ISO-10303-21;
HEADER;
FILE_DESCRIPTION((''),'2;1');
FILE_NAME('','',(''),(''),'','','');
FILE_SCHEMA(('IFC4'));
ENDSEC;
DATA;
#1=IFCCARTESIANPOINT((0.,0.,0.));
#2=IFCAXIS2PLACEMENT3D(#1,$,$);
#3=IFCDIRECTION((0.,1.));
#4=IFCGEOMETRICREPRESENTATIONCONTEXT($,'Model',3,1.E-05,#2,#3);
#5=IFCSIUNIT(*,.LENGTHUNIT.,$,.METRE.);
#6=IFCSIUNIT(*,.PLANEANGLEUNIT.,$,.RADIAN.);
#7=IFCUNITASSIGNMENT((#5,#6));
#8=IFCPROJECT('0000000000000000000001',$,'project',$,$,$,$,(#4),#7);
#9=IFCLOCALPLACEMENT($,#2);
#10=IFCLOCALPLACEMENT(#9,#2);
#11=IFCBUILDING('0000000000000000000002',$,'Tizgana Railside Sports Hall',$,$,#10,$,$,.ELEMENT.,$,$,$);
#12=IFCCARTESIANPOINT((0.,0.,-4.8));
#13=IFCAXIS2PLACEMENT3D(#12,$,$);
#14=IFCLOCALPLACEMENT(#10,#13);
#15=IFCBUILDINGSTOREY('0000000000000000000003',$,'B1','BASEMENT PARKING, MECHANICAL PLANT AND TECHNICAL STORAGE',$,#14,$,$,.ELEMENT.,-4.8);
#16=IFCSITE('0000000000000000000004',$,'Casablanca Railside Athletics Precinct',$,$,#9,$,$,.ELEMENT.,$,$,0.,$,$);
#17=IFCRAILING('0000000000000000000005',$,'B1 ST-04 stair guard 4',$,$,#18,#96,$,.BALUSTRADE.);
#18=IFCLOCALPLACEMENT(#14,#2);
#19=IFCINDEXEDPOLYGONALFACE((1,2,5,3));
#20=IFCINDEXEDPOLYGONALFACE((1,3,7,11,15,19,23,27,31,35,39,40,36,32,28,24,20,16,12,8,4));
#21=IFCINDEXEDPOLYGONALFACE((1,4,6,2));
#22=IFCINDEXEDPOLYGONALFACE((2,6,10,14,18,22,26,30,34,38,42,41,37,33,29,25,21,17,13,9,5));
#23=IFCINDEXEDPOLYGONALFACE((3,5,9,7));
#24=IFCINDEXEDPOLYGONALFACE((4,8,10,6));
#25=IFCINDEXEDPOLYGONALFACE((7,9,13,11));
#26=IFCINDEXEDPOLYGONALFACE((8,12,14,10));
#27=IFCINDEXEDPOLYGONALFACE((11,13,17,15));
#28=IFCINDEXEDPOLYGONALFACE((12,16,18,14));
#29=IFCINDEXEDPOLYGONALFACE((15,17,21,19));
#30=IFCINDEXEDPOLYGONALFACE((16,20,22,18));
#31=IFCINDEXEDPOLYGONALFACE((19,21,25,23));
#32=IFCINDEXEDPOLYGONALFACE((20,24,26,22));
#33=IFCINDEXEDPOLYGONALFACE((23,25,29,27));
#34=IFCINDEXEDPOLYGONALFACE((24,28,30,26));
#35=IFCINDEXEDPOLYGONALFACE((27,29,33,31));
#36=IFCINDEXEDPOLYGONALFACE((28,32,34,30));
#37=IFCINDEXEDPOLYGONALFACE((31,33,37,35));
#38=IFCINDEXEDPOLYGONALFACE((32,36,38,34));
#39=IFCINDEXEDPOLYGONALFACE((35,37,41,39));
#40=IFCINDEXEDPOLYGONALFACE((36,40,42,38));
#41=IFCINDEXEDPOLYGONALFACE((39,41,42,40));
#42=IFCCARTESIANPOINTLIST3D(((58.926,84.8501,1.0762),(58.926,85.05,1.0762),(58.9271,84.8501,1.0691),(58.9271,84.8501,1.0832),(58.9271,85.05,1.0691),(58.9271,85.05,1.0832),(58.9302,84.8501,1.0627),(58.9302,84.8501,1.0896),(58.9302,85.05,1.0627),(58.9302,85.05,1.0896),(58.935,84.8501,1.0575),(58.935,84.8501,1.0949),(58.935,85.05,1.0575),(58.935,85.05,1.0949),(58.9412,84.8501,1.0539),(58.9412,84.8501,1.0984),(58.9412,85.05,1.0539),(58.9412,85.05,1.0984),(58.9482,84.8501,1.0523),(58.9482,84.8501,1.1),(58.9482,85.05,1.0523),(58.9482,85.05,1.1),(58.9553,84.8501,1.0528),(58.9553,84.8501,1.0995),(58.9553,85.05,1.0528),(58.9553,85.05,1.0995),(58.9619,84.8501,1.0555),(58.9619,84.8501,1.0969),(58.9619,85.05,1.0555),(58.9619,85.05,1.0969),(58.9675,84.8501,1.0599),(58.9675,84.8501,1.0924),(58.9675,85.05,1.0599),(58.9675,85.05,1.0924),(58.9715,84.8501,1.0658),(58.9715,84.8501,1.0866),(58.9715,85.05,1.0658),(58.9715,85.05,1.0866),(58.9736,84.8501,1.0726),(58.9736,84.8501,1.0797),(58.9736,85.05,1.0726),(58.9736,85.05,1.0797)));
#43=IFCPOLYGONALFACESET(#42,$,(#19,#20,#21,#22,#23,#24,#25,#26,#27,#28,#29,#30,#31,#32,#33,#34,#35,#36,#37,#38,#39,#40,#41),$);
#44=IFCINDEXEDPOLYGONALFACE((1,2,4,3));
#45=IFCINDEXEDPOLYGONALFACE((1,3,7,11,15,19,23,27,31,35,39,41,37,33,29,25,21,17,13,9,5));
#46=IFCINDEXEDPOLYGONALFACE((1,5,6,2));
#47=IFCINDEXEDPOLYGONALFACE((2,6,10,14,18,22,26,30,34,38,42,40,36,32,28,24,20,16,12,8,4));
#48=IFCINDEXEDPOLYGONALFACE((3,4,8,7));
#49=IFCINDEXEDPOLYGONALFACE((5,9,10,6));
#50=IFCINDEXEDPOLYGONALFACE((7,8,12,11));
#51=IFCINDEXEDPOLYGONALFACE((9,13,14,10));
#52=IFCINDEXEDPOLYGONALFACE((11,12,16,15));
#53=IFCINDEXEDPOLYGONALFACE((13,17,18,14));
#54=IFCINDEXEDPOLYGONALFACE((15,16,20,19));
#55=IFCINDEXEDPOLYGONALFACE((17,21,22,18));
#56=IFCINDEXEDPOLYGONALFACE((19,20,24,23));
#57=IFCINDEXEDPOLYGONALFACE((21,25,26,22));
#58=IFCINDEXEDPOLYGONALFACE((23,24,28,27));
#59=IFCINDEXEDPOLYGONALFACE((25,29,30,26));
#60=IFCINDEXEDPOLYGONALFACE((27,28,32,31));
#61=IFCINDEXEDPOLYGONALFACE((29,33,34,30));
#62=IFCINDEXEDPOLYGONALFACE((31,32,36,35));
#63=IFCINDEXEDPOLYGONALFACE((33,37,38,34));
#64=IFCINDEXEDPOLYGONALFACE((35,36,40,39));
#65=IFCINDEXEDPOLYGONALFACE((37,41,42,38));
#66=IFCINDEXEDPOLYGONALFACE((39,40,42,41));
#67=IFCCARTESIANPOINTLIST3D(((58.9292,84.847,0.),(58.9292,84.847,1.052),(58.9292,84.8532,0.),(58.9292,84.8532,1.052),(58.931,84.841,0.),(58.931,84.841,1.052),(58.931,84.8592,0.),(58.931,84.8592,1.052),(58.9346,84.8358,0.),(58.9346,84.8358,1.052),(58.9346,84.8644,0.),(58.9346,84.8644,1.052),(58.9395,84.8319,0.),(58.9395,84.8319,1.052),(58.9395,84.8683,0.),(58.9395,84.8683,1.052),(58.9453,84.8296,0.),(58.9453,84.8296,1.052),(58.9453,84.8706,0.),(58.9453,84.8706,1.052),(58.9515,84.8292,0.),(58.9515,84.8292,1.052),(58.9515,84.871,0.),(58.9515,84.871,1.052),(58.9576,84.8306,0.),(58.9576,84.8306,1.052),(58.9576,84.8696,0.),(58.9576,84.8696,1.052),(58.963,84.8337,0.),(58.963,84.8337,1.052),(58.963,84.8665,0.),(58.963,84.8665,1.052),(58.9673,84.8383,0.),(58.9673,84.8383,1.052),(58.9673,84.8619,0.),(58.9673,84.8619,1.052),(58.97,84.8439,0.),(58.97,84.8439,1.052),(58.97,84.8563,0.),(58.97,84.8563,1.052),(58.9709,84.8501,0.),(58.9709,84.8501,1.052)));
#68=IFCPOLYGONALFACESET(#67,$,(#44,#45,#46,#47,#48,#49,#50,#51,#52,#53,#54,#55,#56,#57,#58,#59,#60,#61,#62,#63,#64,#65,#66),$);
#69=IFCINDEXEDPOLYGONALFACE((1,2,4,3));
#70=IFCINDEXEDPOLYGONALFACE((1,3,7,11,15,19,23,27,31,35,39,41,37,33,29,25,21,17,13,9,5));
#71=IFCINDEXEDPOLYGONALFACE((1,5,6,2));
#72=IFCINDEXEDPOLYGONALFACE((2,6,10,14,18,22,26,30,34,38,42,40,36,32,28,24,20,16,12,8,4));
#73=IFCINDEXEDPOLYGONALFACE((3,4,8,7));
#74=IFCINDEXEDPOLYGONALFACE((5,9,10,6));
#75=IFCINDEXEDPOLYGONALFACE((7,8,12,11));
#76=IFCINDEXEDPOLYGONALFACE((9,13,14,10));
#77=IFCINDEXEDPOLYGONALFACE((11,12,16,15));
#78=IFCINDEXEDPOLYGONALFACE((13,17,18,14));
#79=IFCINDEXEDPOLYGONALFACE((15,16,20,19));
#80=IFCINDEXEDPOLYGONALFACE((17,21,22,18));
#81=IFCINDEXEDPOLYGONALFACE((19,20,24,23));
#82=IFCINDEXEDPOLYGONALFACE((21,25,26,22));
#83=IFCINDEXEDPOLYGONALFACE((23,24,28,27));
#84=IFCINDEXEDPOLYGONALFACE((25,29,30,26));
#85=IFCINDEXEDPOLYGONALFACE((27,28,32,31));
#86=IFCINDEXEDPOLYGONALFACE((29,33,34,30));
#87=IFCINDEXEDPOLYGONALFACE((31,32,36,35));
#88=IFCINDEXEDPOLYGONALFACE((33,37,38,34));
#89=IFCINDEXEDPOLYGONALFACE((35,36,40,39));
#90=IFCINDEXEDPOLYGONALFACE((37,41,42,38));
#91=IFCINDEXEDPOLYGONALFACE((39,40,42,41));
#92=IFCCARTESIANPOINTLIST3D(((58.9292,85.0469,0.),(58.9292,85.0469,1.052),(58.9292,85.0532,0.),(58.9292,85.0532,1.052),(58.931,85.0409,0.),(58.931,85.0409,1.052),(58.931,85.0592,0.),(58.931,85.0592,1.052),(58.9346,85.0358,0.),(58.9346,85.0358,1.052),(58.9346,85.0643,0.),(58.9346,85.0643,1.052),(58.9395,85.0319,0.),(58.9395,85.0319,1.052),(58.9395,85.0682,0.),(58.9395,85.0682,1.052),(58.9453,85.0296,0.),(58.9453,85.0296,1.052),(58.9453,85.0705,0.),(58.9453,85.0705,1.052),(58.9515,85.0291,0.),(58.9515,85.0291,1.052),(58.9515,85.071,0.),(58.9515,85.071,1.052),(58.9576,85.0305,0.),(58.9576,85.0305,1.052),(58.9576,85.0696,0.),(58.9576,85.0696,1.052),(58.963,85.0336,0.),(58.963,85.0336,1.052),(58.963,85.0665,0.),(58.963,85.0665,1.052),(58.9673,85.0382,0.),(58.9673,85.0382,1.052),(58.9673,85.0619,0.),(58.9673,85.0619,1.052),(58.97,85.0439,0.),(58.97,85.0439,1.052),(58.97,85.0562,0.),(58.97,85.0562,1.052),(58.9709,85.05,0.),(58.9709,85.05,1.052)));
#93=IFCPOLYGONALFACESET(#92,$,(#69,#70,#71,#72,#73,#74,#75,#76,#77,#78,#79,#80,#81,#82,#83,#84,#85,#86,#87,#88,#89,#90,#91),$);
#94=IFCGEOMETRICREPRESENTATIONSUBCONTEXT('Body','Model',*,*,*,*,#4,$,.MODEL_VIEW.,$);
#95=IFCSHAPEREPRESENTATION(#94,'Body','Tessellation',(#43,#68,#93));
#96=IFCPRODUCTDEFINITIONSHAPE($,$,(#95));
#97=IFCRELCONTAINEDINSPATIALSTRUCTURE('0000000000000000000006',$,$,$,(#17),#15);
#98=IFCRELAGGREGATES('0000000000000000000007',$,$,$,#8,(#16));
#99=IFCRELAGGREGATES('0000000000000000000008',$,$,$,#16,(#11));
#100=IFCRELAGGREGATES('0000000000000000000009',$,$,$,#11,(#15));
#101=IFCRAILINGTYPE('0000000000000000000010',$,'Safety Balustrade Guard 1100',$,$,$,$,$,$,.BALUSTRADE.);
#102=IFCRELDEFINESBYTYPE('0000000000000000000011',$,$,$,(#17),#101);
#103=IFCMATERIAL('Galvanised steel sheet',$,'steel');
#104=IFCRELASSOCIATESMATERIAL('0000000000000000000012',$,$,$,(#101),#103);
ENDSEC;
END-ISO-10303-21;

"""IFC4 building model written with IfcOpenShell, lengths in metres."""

from ifc_helpers import new_model, si_unit, direction, frame, origin, origin_2d, place, context, subcontext, project, spatial, circle, extrude, material, type_object, element, save


model = new_model("IFC4")

# Units and contexts
model_context = context("Model", 3, precision=1e-05, world=origin(), true_north=direction((0.0, 1.0)))
body_context = subcontext(model_context, "Body", "Model", "MODEL_VIEW")
ifc_project = project(units=[si_unit("LENGTHUNIT", "METRE"), si_unit("PLANEANGLEUNIT", "RADIAN")], contexts=[model_context])

# Site, building, storey
site_placement = place(None, origin())
site = spatial("IfcSite", under=ifc_project, at=site_placement, Name="Casablanca Railside Athletics Precinct", CompositionType="ELEMENT", RefElevation=0.0)
building_placement = place(site_placement, origin())
building = spatial("IfcBuilding", under=site, at=building_placement, Name="Tizgana Railside Sports Hall", CompositionType="ELEMENT")
storey_placement = place(building_placement, frame((0.0, 0.0, -4.8)))
storey = spatial("IfcBuildingStorey", under=building, at=storey_placement, Name="B1", Description="BASEMENT PARKING, MECHANICAL PLANT AND TECHNICAL STORAGE", CompositionType="ELEMENT", Elevation=-4.8)

# Railing
ifc_material_1 = material(Name="Galvanised steel sheet", Category="steel")
railing_type_1 = type_object("IfcRailingType", Name="Safety Balustrade Guard 1100", PredefinedType="BALUSTRADE", material=ifc_material_1)
railing_1_placement = place(storey_placement, frame((58.95, 84.8501, 0.0)))
element("IfcRailing", 1, at=railing_1_placement, inside=storey, type_object=railing_type_1, Name="B1 ST-04 stair guard 4", PredefinedType="BALUSTRADE", context=body_context, shape_type="SweptSolid", body=[
    extrude(circle(Radius=0.0239, at=origin_2d()), frame((0.0, 0.0, 1.0762), z_axis=(0.0, 1.0, 0.0), x_axis=(-1.0, 0.0, 0.0)), (0.0, 0.0, 1.0), 0.2),
    extrude(circle(Radius=0.021, at=origin_2d()), origin(), (0.0, 0.0, 1.0), 1.052),
    extrude(circle(Radius=0.021, at=origin_2d()), frame((0.0, 0.2, 0.0)), (0.0, 0.0, 1.0), 1.052),
])

save(model, "model.ifc")
